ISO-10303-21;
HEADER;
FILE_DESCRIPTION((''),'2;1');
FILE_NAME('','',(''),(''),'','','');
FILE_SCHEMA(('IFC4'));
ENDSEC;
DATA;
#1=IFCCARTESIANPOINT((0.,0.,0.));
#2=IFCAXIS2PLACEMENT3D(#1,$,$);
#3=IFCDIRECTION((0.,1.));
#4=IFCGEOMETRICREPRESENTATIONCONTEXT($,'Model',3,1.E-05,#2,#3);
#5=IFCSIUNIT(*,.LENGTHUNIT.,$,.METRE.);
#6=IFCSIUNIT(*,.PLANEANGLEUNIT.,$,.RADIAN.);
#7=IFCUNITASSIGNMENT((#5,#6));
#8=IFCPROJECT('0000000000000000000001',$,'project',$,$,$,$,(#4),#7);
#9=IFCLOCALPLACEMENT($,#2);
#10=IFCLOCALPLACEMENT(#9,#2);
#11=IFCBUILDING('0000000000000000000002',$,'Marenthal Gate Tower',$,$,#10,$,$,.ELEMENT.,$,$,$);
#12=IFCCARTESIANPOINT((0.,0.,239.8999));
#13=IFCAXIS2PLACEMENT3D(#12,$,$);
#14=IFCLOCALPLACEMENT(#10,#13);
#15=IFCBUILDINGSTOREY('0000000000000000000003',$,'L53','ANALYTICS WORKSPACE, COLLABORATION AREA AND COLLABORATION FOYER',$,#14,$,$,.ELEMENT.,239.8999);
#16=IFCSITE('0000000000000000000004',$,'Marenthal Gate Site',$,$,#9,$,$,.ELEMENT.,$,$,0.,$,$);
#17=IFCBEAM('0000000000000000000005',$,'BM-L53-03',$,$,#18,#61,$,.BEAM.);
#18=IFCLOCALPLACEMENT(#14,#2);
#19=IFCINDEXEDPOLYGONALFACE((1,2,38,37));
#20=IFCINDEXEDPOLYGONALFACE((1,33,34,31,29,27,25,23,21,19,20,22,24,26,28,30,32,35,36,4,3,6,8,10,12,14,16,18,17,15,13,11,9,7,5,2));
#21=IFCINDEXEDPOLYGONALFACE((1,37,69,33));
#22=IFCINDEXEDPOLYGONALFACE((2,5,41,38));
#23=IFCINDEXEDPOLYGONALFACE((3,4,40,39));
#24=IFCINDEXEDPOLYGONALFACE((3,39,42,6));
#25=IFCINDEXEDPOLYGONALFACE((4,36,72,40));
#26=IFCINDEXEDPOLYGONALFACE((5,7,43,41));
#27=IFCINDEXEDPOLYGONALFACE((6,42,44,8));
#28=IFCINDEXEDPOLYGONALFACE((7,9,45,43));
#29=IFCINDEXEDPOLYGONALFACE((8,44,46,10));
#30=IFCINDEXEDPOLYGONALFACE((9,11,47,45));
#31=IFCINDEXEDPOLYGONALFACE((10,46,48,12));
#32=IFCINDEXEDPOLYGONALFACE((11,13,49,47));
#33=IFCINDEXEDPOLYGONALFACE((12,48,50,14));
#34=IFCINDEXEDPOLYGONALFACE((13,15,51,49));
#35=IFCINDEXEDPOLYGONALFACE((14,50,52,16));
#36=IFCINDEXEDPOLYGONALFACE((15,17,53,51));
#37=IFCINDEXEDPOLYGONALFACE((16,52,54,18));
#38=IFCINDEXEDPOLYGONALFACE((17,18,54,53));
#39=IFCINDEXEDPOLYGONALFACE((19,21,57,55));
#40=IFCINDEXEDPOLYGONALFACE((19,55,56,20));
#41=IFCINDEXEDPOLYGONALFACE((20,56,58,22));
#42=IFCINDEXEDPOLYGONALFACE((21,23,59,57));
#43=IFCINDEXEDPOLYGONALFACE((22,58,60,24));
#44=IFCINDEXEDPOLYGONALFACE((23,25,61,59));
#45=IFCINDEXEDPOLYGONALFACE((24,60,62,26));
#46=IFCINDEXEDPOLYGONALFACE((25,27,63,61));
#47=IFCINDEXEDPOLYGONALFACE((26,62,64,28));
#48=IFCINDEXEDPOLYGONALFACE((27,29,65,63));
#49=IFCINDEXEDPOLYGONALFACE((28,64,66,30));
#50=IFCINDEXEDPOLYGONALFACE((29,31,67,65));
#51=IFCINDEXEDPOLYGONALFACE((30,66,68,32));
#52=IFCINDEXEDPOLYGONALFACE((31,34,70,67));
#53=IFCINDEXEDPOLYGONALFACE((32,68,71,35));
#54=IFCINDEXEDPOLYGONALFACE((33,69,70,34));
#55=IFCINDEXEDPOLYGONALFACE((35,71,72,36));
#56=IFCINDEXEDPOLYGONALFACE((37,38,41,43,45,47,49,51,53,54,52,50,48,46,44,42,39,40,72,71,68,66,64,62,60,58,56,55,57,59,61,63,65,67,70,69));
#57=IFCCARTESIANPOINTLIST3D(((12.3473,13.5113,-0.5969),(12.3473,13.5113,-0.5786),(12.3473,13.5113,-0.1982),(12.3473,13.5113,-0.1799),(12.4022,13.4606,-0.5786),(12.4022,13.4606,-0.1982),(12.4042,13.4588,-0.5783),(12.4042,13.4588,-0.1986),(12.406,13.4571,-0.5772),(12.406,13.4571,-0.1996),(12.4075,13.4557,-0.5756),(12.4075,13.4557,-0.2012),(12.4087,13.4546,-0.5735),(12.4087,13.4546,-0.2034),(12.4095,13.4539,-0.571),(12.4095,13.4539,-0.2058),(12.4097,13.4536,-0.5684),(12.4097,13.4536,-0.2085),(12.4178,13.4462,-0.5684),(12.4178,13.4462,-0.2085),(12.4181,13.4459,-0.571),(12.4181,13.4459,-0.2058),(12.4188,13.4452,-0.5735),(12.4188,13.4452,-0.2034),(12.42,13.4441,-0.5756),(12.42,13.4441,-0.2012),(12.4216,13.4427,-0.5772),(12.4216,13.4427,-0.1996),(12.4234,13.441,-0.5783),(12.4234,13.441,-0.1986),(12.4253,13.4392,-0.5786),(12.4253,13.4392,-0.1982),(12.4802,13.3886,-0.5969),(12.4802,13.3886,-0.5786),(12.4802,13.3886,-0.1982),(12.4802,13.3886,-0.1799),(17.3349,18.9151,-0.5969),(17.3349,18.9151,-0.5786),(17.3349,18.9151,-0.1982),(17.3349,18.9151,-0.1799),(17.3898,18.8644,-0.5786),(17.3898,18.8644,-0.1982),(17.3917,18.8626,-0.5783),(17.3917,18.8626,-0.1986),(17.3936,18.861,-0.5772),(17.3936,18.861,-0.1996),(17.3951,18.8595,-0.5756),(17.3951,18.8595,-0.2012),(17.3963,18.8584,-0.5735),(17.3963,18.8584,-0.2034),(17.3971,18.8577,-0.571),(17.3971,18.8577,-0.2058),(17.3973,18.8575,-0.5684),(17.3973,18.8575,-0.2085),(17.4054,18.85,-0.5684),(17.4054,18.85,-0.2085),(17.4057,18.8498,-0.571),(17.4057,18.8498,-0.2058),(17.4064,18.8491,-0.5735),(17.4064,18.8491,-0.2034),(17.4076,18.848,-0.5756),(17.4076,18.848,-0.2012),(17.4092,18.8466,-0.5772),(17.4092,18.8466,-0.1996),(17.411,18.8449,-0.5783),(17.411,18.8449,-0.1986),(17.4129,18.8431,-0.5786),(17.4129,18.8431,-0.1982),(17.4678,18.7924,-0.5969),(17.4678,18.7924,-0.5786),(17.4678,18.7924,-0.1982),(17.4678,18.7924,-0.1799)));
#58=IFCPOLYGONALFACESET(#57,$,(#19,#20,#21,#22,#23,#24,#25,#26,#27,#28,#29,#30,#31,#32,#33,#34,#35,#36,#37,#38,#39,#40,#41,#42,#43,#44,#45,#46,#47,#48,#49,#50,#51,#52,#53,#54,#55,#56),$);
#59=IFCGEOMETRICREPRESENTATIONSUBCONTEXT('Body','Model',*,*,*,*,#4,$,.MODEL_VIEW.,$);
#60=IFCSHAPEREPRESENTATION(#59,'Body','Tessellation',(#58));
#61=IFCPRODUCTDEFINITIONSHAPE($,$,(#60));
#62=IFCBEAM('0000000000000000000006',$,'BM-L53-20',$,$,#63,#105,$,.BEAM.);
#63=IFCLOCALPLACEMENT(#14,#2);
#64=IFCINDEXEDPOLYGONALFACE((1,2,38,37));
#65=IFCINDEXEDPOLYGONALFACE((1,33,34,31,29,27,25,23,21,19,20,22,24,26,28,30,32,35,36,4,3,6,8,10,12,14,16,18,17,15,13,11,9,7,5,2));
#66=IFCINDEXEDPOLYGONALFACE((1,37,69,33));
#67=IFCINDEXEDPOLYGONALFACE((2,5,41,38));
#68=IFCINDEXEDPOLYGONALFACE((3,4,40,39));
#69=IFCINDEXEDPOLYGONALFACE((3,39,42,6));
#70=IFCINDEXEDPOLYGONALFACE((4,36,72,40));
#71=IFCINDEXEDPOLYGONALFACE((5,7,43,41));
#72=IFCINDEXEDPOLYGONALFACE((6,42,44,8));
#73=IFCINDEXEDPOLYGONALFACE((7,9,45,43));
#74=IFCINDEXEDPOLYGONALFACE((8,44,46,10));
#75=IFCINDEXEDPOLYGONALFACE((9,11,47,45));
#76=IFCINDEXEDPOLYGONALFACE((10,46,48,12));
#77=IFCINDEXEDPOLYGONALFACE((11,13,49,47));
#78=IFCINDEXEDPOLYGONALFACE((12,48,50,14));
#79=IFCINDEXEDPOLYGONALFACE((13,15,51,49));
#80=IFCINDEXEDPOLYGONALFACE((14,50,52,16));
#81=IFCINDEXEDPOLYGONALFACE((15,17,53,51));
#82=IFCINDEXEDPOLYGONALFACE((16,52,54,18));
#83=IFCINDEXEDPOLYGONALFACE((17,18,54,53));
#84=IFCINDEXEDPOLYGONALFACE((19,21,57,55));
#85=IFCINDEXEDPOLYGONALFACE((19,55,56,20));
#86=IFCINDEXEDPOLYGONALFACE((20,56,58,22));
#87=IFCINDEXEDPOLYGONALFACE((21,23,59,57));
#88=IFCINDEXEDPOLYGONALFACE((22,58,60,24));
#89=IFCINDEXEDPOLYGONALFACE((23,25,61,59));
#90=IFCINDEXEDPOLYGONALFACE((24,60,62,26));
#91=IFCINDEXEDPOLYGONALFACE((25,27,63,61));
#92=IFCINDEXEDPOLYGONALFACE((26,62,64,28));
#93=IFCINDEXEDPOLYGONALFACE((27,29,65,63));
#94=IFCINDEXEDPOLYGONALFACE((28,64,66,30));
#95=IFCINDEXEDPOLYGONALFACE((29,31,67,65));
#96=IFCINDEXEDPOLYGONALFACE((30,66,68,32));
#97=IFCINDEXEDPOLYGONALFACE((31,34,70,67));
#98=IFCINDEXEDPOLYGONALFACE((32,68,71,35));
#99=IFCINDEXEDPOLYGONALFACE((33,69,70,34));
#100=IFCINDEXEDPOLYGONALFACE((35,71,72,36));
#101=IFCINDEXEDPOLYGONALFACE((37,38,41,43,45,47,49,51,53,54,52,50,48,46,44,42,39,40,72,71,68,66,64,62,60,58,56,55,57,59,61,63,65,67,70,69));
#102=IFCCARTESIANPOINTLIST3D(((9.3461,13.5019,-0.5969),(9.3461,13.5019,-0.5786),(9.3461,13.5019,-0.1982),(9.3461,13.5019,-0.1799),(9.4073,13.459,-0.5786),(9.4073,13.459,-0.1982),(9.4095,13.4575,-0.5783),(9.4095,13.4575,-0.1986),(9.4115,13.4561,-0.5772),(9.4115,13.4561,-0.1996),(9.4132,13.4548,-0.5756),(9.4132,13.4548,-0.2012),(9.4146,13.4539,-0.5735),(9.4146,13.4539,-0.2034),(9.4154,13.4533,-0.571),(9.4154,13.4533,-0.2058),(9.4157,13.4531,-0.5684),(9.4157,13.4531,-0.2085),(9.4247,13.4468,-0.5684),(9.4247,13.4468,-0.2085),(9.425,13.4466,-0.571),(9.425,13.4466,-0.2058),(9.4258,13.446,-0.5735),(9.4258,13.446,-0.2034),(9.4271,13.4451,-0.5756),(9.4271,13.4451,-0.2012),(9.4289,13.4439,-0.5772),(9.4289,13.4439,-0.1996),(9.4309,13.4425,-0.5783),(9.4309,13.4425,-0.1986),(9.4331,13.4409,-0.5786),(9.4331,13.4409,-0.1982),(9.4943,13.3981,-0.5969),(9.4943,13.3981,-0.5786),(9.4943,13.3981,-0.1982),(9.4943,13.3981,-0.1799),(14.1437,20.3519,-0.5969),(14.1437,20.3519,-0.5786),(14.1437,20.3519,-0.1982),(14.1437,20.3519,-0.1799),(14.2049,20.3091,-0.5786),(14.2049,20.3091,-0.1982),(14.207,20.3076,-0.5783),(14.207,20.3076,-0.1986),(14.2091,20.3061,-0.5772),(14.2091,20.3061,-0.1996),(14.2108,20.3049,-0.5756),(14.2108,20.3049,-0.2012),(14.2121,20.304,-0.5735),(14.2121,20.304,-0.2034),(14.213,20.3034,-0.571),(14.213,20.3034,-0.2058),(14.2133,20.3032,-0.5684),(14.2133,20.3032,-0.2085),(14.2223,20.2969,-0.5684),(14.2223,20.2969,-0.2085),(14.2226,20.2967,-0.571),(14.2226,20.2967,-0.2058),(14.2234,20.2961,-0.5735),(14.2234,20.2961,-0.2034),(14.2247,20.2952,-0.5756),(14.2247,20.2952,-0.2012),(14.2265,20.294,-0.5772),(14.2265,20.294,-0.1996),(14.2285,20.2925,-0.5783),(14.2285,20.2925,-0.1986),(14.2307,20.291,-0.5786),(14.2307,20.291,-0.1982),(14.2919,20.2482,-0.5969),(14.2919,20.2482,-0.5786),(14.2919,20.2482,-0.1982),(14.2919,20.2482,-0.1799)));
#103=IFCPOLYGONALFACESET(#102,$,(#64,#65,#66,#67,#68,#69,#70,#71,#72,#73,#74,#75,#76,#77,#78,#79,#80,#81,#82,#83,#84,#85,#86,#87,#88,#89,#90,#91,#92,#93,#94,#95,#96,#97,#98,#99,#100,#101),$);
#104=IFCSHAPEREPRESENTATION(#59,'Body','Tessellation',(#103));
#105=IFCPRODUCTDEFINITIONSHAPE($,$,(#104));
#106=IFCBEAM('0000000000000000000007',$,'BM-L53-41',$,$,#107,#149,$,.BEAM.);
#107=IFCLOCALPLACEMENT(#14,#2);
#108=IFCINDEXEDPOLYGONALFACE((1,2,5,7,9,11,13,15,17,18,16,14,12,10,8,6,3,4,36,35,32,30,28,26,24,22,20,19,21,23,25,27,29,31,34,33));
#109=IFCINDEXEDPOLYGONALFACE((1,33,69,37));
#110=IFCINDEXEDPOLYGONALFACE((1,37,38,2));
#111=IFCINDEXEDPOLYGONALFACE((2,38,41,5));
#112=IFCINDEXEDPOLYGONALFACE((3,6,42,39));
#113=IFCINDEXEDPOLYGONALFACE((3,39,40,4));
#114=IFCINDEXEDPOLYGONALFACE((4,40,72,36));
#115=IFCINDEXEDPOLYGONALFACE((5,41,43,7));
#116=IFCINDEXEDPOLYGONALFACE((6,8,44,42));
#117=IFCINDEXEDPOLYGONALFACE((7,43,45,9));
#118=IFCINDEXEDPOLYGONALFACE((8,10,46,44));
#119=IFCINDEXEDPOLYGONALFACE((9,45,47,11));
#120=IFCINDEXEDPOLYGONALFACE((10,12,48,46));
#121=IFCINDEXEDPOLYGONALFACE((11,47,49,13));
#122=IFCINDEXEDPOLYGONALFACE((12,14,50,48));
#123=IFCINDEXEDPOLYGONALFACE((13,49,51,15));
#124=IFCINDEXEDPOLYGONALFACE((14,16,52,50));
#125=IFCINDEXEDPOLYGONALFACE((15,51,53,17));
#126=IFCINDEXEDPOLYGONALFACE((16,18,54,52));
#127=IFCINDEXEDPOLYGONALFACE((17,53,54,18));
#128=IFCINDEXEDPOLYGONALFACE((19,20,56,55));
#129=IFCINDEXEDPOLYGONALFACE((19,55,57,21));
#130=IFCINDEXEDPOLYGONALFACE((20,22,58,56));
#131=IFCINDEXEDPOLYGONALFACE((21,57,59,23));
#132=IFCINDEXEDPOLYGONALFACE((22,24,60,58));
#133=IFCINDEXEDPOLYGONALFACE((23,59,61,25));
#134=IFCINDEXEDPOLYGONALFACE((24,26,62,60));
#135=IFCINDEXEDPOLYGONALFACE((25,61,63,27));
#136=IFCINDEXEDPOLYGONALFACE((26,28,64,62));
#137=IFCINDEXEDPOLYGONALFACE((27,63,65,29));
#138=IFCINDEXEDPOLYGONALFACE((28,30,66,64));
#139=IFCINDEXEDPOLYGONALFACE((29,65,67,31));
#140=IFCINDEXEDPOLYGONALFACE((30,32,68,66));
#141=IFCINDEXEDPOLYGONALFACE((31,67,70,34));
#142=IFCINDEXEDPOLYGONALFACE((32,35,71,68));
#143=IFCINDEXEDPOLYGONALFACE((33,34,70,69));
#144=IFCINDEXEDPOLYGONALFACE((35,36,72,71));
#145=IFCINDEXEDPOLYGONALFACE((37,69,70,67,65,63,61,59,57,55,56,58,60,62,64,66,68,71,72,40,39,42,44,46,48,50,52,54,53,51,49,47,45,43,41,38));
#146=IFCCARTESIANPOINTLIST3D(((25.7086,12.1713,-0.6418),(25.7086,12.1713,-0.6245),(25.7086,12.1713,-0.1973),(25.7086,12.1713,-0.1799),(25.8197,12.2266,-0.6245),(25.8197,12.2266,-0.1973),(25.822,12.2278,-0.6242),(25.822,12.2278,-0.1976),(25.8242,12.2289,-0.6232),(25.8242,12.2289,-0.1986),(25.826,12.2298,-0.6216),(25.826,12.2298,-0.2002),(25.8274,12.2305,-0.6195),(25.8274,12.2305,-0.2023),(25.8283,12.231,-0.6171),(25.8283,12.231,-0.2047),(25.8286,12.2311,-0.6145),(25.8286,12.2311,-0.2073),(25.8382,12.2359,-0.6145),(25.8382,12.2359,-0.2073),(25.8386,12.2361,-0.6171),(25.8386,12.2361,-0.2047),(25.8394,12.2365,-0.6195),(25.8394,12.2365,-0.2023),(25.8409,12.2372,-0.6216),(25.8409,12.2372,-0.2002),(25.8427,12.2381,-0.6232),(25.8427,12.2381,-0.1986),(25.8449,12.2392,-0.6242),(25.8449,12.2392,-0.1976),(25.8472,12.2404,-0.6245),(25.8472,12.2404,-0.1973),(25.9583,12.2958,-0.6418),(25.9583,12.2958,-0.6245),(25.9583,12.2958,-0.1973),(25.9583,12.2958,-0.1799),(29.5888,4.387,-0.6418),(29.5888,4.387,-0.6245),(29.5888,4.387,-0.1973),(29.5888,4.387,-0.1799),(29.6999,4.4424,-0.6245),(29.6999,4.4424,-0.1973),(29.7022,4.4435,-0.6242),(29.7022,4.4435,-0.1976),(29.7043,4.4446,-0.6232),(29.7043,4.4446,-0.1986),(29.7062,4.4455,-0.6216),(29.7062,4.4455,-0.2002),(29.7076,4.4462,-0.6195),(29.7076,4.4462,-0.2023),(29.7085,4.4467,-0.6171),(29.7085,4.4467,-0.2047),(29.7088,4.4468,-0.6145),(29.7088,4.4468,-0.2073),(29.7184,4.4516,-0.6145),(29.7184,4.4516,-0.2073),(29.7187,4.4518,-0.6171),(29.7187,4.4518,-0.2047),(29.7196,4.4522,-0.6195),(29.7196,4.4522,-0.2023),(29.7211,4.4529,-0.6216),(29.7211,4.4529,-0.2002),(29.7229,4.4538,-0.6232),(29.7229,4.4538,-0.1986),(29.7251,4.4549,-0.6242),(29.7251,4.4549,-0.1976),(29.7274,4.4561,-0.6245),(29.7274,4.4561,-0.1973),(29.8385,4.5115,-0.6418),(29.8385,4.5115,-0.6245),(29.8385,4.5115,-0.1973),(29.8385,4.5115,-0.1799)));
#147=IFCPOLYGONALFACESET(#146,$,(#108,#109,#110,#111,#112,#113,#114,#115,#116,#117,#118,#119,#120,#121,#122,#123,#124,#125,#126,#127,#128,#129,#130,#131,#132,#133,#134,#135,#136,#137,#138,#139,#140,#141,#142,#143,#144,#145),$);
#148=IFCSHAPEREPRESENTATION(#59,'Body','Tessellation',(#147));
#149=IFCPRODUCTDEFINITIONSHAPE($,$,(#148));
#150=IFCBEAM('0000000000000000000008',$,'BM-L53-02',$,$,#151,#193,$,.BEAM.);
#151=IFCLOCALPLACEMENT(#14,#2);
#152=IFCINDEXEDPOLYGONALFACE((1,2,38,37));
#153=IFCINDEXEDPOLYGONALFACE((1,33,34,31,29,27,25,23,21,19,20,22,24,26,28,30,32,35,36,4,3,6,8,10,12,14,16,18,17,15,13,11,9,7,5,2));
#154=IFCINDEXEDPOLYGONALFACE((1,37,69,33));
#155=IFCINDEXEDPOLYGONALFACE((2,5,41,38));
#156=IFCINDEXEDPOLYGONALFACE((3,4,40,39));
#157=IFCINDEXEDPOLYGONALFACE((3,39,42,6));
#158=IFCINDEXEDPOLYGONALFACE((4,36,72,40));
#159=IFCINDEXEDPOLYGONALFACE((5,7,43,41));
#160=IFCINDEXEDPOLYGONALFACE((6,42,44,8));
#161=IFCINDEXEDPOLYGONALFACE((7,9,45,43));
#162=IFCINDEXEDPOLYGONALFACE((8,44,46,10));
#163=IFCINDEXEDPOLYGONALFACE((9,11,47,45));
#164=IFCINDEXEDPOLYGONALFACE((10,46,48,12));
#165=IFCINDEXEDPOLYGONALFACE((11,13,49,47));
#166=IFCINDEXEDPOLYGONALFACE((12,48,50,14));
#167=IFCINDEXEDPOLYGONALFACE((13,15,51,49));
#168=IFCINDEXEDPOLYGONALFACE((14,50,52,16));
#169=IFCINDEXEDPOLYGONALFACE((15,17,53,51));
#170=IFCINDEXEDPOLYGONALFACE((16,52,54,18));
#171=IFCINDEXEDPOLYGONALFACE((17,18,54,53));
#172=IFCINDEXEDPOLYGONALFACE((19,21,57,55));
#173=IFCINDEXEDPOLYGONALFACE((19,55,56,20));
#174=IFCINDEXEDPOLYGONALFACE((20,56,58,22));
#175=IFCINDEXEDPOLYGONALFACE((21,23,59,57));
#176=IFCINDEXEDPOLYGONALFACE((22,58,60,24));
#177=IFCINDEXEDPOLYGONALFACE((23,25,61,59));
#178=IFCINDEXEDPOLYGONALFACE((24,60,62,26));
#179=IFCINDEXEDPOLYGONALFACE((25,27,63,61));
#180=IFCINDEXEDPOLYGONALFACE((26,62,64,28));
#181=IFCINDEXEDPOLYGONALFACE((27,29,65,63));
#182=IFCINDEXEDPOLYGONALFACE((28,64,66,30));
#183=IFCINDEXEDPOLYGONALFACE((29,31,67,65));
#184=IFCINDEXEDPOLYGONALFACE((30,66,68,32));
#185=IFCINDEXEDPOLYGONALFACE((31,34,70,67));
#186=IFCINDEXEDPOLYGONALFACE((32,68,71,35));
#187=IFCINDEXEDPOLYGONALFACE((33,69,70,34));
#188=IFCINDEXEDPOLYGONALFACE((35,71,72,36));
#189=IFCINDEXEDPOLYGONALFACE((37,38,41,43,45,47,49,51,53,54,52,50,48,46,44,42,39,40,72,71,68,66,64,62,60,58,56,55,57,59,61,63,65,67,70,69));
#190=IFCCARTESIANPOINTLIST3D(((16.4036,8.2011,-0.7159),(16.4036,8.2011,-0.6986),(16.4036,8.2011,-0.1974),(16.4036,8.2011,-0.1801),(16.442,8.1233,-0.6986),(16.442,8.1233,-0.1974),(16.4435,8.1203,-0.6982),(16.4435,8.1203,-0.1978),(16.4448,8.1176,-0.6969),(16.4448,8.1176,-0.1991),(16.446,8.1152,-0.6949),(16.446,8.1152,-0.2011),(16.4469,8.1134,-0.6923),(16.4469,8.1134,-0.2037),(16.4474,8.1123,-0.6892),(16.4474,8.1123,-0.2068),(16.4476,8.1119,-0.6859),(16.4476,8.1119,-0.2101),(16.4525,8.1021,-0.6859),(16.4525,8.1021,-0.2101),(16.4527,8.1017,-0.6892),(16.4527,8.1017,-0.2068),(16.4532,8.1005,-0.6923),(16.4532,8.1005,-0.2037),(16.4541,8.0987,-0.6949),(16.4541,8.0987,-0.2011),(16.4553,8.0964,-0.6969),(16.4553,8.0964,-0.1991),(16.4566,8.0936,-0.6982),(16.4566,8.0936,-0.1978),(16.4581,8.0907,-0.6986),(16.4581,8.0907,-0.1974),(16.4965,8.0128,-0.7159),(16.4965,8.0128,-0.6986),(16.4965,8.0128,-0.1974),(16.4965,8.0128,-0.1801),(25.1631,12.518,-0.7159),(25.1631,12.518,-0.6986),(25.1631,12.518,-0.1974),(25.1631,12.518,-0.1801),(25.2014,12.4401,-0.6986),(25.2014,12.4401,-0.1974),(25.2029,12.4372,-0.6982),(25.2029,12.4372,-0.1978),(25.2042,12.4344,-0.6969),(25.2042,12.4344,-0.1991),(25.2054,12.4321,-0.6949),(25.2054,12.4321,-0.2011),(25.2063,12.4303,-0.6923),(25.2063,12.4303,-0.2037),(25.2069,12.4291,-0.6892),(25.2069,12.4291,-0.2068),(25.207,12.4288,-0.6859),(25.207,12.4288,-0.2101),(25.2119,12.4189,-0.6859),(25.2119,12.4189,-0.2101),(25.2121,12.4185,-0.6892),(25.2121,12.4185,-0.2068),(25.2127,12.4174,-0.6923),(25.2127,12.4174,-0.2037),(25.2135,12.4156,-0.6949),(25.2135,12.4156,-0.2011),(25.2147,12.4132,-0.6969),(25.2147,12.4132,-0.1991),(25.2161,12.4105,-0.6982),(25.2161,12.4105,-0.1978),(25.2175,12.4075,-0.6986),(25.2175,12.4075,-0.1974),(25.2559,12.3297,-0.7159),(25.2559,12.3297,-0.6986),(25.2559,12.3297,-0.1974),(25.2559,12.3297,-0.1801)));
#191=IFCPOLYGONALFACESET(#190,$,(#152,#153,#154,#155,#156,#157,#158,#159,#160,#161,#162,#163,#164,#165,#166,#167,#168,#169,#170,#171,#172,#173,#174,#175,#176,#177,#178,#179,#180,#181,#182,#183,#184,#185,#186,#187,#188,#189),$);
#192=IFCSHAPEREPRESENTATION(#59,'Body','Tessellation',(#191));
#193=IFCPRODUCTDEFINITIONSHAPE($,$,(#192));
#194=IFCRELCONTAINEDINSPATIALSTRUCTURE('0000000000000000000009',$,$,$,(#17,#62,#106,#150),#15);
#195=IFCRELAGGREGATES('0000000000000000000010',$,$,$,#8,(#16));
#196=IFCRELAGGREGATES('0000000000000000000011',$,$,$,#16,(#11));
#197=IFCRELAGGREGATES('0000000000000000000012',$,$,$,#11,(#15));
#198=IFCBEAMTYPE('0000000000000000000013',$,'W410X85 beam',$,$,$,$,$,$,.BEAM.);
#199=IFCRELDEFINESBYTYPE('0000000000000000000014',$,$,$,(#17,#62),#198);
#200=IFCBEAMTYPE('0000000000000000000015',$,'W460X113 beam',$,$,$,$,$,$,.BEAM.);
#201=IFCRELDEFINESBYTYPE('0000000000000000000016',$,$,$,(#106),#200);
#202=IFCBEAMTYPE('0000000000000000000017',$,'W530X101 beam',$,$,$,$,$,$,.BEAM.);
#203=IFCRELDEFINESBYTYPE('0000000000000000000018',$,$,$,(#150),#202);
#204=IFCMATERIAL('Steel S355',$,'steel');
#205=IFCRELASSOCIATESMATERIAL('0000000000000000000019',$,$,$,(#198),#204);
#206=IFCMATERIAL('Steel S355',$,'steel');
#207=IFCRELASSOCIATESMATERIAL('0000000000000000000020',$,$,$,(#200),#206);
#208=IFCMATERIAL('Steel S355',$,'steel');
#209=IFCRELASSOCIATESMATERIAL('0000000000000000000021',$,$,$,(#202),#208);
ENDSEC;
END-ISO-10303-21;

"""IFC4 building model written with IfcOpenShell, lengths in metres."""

from ifc_helpers import new_model, si_unit, direction, frame, origin, origin_2d, place, context, subcontext, project, spatial, i_section, extrude, material, material_profile, profile_set, type_object, element, save


model = new_model("IFC4")

# Units and contexts
model_context = context("Model", 3, precision=1e-05, world=origin(), true_north=direction((0.0, 1.0)))
body_context = subcontext(model_context, "Body", "Model", "MODEL_VIEW")
ifc_project = project(units=[si_unit("LENGTHUNIT", "METRE"), si_unit("PLANEANGLEUNIT", "RADIAN")], contexts=[model_context])

# Site, building, storey
site_placement = place(None, origin())
site = spatial("IfcSite", under=ifc_project, at=site_placement, Name="Marenthal Gate Site", CompositionType="ELEMENT", RefElevation=0.0)
building_placement = place(site_placement, origin())
building = spatial("IfcBuilding", under=site, at=building_placement, Name="Marenthal Gate Tower", CompositionType="ELEMENT")
storey_placement = place(building_placement, frame((0.0, 0.0, 239.8999)))
storey = spatial("IfcBuildingStorey", under=building, at=storey_placement, Name="L53", Description="ANALYTICS WORKSPACE, COLLABORATION AREA AND COLLABORATION FOYER", CompositionType="ELEMENT", Elevation=239.8999)

# Beams
ifc_material_1 = material(Name="Steel S355", Category="steel")
ifc_material_profile_1 = material_profile(ifc_material_1, i_section(OverallWidth=0.1809, OverallDepth=0.417, WebThickness=0.011, FlangeThickness=0.0183, FilletRadius=0.0103, at=origin_2d()), Name="W410X85")
ifc_profile_set_1 = profile_set([ifc_material_profile_1], Name="Steel S355")
beam_type_1 = type_object("IfcBeamType", Name="W410X85 beam", PredefinedType="BEAM", material=ifc_profile_set_1)
beam_1_placement = place(storey_placement, frame((17.4014, 18.8538, -0.3884), z_axis=(-0.678237, -0.734843, 0.0), x_axis=(0.734843, -0.678237, 0.0)))
element("IfcBeam", 1, at=beam_1_placement, inside=storey, type_object=beam_type_1, Name="BM-L53-03", PredefinedType="BEAM", context=body_context, shape_type="SweptSolid", body=[
    extrude(i_section(OverallWidth=0.1809, OverallDepth=0.417, WebThickness=0.011, FlangeThickness=0.0183, FilletRadius=0.0103, at=origin_2d()), origin(), (0.0, 0.0, 1.0), 7.3538),
])
beam_2_placement = place(storey_placement, frame((14.2178, 20.3, -0.3884), z_axis=(-0.573666, -0.819089, 0.0), x_axis=(0.819089, -0.573666, 0.0)))
element("IfcBeam", 2, at=beam_2_placement, inside=storey, type_object=beam_type_1, Name="BM-L53-20", PredefinedType="BEAM", context=body_context, shape_type="SweptSolid", body=[
    extrude(i_section(OverallWidth=0.1809, OverallDepth=0.417, WebThickness=0.011, FlangeThickness=0.0183, FilletRadius=0.0103, at=origin_2d()), origin(), (0.0, 0.0, 1.0), 8.363),
])
ifc_material_2 = material(Name="Steel S355", Category="steel")
ifc_material_profile_2 = material_profile(ifc_material_2, i_section(OverallWidth=0.2791, OverallDepth=0.4619, WebThickness=0.0107, FlangeThickness=0.0173, FilletRadius=0.01, at=origin_2d()), Name="W460X113")
ifc_profile_set_2 = profile_set([ifc_material_profile_2], Name="Steel S355")
beam_type_2 = type_object("IfcBeamType", Name="W460X113 beam", PredefinedType="BEAM", material=ifc_profile_set_2)
beam_3_placement = place(storey_placement, frame((29.7136, 4.4492, -0.4109), z_axis=(-0.446113, 0.894977, 0.0), x_axis=(-0.894977, -0.446113, 0.0)))
element("IfcBeam", 3, at=beam_3_placement, inside=storey, type_object=beam_type_2, Name="BM-L53-41", PredefinedType="BEAM", context=body_context, shape_type="SweptSolid", body=[
    extrude(i_section(OverallWidth=0.2791, OverallDepth=0.4619, WebThickness=0.0107, FlangeThickness=0.0173, FilletRadius=0.01, at=origin_2d()), origin(), (0.0, 0.0, 1.0), 8.6978),
])
ifc_material_3 = material(Name="Steel S355", Category="steel")
ifc_material_profile_3 = material_profile(ifc_material_3, i_section(OverallWidth=0.21, OverallDepth=0.5359, WebThickness=0.011, FlangeThickness=0.0173, FilletRadius=0.0127, at=origin_2d()), Name="W530X101")
ifc_profile_set_3 = profile_set([ifc_material_profile_3], Name="Steel S355")
beam_type_3 = type_object("IfcBeamType", Name="W530X101 beam", PredefinedType="BEAM", material=ifc_profile_set_3)
beam_4_placement = place(storey_placement, frame((25.2095, 12.4238, -0.448), z_axis=(-0.896987, -0.442056, 0.0), x_axis=(0.442056, -0.896987, 0.0)))
element("IfcBeam", 4, at=beam_4_placement, inside=storey, type_object=beam_type_3, Name="BM-L53-02", PredefinedType="BEAM", context=body_context, shape_type="SweptSolid", body=[
    extrude(i_section(OverallWidth=0.21, OverallDepth=0.5359, WebThickness=0.011, FlangeThickness=0.0173, FilletRadius=0.0127, at=origin_2d()), origin(), (0.0, 0.0, 1.0), 9.7654),
])

save(model, "model.ifc")
